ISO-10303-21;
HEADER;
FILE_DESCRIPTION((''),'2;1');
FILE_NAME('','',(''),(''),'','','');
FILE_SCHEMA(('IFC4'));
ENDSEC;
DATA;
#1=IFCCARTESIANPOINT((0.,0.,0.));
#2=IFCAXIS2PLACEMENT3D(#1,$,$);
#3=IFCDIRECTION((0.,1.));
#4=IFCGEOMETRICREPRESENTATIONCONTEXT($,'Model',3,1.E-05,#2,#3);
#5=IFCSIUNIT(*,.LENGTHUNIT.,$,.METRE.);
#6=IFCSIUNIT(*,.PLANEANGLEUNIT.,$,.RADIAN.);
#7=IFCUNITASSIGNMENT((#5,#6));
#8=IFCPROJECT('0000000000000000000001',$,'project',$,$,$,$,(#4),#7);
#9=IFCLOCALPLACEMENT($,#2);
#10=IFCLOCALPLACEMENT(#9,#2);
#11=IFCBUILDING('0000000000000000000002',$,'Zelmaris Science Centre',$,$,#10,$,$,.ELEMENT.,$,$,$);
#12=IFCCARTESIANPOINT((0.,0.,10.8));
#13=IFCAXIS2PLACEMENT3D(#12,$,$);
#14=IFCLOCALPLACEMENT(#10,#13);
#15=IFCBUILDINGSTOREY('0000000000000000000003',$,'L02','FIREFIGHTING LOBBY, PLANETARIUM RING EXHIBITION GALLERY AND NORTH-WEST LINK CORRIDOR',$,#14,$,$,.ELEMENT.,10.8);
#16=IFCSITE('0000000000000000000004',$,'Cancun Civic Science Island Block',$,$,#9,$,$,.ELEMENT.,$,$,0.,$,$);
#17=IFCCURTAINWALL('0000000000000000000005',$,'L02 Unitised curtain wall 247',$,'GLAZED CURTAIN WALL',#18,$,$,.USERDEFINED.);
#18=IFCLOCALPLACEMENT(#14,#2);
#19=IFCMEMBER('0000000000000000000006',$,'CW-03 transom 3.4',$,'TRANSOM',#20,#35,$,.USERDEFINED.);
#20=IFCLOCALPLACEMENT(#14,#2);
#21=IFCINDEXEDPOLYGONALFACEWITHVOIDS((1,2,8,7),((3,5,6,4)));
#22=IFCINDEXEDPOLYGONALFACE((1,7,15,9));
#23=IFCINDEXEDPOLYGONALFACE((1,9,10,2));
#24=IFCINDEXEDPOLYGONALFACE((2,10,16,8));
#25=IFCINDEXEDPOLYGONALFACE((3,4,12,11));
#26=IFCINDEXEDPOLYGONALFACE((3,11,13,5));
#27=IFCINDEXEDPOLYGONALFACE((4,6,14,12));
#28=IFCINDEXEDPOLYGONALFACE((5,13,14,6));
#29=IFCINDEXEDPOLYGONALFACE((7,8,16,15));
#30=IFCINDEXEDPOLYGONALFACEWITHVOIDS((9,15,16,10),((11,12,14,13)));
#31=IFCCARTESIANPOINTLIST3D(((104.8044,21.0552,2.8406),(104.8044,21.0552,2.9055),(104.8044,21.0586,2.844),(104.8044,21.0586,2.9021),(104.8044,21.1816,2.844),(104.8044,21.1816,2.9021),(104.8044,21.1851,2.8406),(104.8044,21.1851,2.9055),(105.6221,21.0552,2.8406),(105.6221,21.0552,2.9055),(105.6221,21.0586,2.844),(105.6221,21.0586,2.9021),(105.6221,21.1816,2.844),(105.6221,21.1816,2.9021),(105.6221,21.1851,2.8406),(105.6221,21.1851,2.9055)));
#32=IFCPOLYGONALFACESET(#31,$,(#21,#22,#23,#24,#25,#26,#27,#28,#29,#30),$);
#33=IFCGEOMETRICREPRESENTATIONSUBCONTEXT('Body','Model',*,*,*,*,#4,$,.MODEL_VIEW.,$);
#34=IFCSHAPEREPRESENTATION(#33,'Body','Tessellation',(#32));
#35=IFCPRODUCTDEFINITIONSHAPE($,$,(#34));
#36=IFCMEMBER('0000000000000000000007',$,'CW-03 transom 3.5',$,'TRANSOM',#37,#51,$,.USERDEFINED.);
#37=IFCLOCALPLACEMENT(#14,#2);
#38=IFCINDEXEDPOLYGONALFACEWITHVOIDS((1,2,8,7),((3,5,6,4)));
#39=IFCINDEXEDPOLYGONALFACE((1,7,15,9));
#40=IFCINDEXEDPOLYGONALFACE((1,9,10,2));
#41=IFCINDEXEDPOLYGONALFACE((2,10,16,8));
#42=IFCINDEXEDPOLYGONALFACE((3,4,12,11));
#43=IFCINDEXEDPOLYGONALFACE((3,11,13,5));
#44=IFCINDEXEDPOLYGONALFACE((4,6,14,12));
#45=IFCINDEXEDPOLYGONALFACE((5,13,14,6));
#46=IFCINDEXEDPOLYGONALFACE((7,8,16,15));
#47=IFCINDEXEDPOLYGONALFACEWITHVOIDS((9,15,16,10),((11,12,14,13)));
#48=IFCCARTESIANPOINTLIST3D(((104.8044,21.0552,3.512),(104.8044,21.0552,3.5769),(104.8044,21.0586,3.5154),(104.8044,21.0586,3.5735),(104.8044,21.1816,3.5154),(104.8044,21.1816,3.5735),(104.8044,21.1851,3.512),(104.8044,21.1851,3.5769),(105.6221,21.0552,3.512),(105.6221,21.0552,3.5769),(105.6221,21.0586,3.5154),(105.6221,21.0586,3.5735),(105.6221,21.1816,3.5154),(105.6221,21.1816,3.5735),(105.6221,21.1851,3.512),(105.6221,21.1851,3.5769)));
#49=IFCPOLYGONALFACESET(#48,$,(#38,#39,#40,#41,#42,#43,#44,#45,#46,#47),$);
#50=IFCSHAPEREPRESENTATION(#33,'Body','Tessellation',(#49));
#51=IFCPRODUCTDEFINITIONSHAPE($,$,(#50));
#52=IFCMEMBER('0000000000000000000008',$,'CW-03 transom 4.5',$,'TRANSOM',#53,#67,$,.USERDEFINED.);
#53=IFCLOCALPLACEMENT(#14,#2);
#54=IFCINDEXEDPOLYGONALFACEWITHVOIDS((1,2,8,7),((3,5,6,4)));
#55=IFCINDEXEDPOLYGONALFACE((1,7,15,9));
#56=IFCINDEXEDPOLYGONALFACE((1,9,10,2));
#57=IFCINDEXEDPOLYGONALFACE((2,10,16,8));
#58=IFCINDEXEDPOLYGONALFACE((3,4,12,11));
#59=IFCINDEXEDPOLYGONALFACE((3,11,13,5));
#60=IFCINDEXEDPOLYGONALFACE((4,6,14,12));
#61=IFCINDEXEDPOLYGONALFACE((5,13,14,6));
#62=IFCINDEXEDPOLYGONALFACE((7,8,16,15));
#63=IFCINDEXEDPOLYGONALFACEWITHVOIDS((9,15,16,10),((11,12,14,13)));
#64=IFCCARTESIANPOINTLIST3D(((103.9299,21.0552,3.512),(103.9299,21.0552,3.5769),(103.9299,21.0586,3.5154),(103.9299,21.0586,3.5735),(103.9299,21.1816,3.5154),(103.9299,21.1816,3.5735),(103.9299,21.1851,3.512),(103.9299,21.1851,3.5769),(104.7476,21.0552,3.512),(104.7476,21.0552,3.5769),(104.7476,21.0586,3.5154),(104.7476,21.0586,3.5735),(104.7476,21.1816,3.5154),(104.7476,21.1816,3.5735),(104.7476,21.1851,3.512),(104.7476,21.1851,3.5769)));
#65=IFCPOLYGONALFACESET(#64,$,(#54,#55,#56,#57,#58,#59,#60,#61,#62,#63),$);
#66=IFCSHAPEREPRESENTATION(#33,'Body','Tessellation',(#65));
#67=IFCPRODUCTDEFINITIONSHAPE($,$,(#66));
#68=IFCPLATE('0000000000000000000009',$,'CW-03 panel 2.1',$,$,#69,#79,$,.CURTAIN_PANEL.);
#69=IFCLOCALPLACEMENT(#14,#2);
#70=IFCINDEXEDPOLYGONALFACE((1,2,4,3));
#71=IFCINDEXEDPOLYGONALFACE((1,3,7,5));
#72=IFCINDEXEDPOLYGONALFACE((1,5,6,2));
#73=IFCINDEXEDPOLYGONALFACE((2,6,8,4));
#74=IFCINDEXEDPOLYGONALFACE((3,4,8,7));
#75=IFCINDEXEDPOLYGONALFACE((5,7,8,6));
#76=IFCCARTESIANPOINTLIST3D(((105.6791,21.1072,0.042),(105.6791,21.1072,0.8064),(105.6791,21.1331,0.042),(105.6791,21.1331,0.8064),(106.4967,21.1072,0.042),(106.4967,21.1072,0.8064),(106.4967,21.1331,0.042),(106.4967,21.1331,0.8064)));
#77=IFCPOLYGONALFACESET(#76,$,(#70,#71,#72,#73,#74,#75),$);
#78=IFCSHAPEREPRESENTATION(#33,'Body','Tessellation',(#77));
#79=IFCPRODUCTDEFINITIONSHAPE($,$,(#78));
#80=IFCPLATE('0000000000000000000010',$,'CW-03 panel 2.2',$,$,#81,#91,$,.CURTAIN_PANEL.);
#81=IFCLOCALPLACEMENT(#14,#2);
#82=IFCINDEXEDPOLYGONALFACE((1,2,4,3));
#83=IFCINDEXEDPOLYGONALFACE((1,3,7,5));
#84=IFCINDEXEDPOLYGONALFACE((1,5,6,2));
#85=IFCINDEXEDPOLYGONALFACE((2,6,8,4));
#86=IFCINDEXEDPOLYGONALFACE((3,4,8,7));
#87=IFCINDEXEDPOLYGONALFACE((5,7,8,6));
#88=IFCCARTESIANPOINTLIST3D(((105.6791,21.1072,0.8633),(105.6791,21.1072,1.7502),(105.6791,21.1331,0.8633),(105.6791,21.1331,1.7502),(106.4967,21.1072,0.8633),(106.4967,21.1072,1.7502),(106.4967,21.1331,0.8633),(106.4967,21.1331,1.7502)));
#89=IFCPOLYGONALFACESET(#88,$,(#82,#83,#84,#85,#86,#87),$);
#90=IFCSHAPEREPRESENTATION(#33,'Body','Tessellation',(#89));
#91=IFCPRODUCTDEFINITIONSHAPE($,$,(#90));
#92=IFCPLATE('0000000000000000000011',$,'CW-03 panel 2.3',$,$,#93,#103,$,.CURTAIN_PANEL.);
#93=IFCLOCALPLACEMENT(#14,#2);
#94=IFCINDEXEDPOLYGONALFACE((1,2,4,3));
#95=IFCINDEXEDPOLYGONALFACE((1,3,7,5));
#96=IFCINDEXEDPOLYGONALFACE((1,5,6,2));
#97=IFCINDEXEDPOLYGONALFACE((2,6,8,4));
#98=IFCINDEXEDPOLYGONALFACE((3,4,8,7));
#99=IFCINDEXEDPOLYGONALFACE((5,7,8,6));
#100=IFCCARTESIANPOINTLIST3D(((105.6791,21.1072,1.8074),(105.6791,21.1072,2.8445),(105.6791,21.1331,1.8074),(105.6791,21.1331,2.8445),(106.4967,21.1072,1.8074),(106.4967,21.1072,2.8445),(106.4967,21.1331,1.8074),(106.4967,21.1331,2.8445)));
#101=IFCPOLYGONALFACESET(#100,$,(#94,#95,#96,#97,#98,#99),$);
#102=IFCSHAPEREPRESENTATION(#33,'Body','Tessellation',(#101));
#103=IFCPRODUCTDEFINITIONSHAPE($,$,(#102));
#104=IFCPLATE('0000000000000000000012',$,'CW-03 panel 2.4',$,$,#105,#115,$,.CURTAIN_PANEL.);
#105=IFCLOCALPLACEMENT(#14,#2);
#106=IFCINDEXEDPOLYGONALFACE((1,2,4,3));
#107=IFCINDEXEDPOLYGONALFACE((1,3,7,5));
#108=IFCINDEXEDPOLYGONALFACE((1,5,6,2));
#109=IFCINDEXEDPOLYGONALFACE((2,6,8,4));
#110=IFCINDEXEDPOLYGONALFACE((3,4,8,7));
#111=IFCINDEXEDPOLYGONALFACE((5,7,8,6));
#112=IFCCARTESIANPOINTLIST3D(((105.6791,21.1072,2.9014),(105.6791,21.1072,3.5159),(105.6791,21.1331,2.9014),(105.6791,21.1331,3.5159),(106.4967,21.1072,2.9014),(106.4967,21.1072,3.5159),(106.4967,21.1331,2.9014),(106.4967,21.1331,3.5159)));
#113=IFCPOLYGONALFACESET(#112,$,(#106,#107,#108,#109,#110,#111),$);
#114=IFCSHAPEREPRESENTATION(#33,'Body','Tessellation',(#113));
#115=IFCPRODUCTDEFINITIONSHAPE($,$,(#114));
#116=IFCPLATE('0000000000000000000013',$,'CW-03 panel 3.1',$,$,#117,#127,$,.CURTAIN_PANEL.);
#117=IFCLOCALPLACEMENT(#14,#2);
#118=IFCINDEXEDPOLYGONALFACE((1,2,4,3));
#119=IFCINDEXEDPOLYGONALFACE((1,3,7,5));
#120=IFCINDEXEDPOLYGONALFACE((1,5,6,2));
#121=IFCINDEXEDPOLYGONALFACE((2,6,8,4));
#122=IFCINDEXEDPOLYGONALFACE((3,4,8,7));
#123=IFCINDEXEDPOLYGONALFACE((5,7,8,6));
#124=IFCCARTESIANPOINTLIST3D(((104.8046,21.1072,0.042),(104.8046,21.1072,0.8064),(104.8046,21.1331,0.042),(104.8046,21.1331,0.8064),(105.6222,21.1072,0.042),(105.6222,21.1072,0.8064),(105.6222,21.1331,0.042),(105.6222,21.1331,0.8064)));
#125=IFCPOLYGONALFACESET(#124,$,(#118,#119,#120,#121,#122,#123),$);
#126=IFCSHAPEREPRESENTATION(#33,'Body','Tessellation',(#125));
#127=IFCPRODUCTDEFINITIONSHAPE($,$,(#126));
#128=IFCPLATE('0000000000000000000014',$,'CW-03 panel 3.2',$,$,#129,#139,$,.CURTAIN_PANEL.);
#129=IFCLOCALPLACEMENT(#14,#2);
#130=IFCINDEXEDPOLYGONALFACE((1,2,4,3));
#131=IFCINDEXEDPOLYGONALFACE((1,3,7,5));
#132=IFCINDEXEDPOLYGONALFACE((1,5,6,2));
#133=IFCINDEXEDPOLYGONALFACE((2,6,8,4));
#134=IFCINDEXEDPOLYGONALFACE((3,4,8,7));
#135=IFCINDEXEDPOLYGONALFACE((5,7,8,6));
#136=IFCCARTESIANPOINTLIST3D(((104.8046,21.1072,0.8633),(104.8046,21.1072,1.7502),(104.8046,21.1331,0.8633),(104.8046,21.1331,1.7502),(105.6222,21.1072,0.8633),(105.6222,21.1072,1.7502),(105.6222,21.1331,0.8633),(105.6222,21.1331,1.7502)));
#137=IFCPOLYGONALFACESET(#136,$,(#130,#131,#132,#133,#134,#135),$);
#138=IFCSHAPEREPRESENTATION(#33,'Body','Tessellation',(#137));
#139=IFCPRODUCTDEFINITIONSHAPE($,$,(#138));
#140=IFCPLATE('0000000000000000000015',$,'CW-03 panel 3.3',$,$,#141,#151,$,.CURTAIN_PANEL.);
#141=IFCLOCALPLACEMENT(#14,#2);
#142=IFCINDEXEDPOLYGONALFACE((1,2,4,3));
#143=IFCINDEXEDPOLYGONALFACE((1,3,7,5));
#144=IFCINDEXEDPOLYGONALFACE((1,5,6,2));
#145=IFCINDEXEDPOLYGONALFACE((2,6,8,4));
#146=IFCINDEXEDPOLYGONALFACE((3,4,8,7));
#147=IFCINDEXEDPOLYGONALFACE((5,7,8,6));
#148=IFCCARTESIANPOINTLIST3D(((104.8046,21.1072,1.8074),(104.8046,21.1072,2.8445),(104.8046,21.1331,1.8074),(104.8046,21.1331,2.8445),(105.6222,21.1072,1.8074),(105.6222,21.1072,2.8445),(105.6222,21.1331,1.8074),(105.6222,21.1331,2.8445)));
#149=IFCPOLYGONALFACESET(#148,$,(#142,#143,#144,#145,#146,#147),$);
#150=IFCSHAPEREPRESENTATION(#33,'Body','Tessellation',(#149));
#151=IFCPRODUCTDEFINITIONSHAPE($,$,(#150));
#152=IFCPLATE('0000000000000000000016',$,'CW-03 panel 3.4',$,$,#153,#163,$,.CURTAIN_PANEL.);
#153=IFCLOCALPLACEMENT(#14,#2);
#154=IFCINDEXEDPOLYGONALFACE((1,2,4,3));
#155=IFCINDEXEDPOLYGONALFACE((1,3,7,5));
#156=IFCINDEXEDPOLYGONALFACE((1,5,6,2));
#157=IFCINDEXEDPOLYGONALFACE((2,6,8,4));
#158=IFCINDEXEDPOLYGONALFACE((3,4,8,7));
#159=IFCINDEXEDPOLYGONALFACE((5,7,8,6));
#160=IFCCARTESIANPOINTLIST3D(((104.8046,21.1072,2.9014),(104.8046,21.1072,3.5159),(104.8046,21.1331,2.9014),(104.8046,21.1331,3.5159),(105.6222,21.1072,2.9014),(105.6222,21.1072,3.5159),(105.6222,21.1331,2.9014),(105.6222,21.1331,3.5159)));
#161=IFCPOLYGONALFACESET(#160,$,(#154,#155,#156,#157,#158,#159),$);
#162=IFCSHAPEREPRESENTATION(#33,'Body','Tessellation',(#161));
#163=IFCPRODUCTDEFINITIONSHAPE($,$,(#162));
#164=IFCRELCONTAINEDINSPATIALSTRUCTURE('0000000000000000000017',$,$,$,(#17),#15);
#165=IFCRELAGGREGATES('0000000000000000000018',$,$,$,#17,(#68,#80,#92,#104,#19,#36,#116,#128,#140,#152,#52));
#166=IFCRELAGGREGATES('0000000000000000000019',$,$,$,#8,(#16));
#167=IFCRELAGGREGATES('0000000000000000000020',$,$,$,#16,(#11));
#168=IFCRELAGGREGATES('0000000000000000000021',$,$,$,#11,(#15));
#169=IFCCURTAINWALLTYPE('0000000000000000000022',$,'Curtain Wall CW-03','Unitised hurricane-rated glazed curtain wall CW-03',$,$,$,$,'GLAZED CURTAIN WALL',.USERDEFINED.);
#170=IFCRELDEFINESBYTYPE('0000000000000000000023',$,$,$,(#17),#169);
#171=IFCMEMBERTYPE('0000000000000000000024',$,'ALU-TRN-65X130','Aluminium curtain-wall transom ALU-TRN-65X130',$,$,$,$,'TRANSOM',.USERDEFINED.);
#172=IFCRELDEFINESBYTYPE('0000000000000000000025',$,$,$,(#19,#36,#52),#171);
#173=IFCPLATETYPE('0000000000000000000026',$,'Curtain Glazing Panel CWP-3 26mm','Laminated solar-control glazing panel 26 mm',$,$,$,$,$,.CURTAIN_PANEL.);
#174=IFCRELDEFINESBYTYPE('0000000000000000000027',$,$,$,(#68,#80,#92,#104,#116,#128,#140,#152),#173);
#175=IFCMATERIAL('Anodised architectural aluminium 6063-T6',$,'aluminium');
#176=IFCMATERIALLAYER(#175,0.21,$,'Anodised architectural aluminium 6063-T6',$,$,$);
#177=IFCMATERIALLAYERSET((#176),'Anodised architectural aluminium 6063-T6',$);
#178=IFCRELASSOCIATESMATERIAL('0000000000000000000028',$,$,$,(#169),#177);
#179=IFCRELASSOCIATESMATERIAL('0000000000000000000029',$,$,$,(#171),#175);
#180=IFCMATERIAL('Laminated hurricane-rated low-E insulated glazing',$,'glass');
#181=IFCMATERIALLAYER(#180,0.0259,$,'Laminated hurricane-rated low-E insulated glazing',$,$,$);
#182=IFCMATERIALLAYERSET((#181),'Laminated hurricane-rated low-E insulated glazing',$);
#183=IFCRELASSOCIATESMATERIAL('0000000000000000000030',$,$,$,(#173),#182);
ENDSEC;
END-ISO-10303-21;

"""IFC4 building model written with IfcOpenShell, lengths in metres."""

from ifc_helpers import new_model, si_unit, direction, frame, origin, origin_2d, place, context, subcontext, project, spatial, rectangle, hollow_rectangle, extrude, material, layer, layer_set, material_profile, profile_set, type_object, element, aggregate, save


model = new_model("IFC4")

# Units and contexts
model_context = context("Model", 3, precision=1e-05, world=origin(), true_north=direction((0.0, 1.0)))
body_context = subcontext(model_context, "Body", "Model", "MODEL_VIEW")
ifc_project = project(units=[si_unit("LENGTHUNIT", "METRE"), si_unit("PLANEANGLEUNIT", "RADIAN")], contexts=[model_context])

# Site, building, storey
site_placement = place(None, origin())
site = spatial("IfcSite", under=ifc_project, at=site_placement, Name="Cancun Civic Science Island Block", CompositionType="ELEMENT", RefElevation=0.0)
building_placement = place(site_placement, origin())
building = spatial("IfcBuilding", under=site, at=building_placement, Name="Zelmaris Science Centre", CompositionType="ELEMENT")
storey_placement = place(building_placement, frame((0.0, 0.0, 10.8)))
storey = spatial("IfcBuildingStorey", under=building, at=storey_placement, Name="L02", Description="FIREFIGHTING LOBBY, PLANETARIUM RING EXHIBITION GALLERY AND NORTH-WEST LINK CORRIDOR", CompositionType="ELEMENT", Elevation=10.8)

# Curtain wall, members, plates
ifc_material_1 = material(Name="Anodised architectural aluminium 6063-T6", Category="aluminium")
ifc_layer_1 = layer(ifc_material_1, 0.21, Name="Anodised architectural aluminium 6063-T6")
ifc_layer_set_1 = layer_set([ifc_layer_1], Name="Anodised architectural aluminium 6063-T6")
curtain_wall_type = type_object("IfcCurtainWallType", Name="Curtain Wall CW-03", Description="Unitised hurricane-rated glazed curtain wall CW-03", ElementType="GLAZED CURTAIN WALL", PredefinedType="USERDEFINED", material=ifc_layer_set_1)
curtain_wall_placement = place(storey_placement, origin())
curtain_wall = element("IfcCurtainWall", 1, at=curtain_wall_placement, inside=storey, type_object=curtain_wall_type, Name="L02 Unitised curtain wall 247", ObjectType="GLAZED CURTAIN WALL", PredefinedType="USERDEFINED")
ifc_material_profile_1 = material_profile(ifc_material_1, hollow_rectangle(XDim=0.0649, YDim=0.1299, WallThickness=0.0034, at=origin_2d()), Name="ALU-TRN-65X130")
ifc_profile_set_1 = profile_set([ifc_material_profile_1], Name="Anodised architectural aluminium 6063-T6")
member_type_1 = type_object("IfcMemberType", Name="ALU-TRN-65X130", Description="Aluminium curtain-wall transom ALU-TRN-65X130", ElementType="TRANSOM", PredefinedType="USERDEFINED", material=ifc_profile_set_1)
member_1_placement = place(storey_placement, frame((105.6221, 21.1201, 2.873), z_axis=(-1.0, 0.0, 0.0), x_axis=(0.0, 0.0, 1.0)))
member_1 = element("IfcMember", 2, at=member_1_placement, type_object=member_type_1, Name="CW-03 transom 3.4", ObjectType="TRANSOM", PredefinedType="USERDEFINED", context=body_context, shape_type="SweptSolid", body=[
    extrude(hollow_rectangle(XDim=0.0649, YDim=0.1299, WallThickness=0.0034, at=origin_2d()), origin(), (0.0, 0.0, 1.0), 0.8176),
])
member_2_placement = place(storey_placement, frame((105.6221, 21.1201, 3.5444), z_axis=(-1.0, 0.0, 0.0), x_axis=(0.0, 0.0, 1.0)))
member_2 = element("IfcMember", 3, at=member_2_placement, type_object=member_type_1, Name="CW-03 transom 3.5", ObjectType="TRANSOM", PredefinedType="USERDEFINED", context=body_context, shape_type="SweptSolid", body=[
    extrude(hollow_rectangle(XDim=0.0649, YDim=0.1299, WallThickness=0.0034, at=origin_2d()), origin(), (0.0, 0.0, 1.0), 0.8176),
])
member_3_placement = place(storey_placement, frame((104.7476, 21.1201, 3.5444), z_axis=(-1.0, 0.0, 0.0), x_axis=(0.0, 0.0, 1.0)))
member_3 = element("IfcMember", 4, at=member_3_placement, type_object=member_type_1, Name="CW-03 transom 4.5", ObjectType="TRANSOM", PredefinedType="USERDEFINED", context=body_context, shape_type="SweptSolid", body=[
    extrude(hollow_rectangle(XDim=0.0649, YDim=0.1299, WallThickness=0.0034, at=origin_2d()), origin(), (0.0, 0.0, 1.0), 0.8176),
])
ifc_material_2 = material(Name="Laminated hurricane-rated low-E insulated glazing", Category="glass")
ifc_layer_2 = layer(ifc_material_2, 0.0259, Name="Laminated hurricane-rated low-E insulated glazing")
ifc_layer_set_2 = layer_set([ifc_layer_2], Name="Laminated hurricane-rated low-E insulated glazing")
plate_type = type_object("IfcPlateType", Name="Curtain Glazing Panel CWP-3 26mm", Description="Laminated solar-control glazing panel 26 mm", PredefinedType="CURTAIN_PANEL", material=ifc_layer_set_2)
plate_1_placement = place(storey_placement, frame((106.0879, 21.1201, 0.042), z_axis=(0.0, 0.0, 1.0), x_axis=(-1.0, 0.0, 0.0)))
plate_1 = element("IfcPlate", 5, at=plate_1_placement, type_object=plate_type, Name="CW-03 panel 2.1", PredefinedType="CURTAIN_PANEL", context=body_context, shape_type="SweptSolid", body=[
    extrude(rectangle(XDim=0.8176, YDim=0.0259, at=origin_2d()), origin(), (0.0, 0.0, 1.0), 0.7644),
])
plate_2_placement = place(storey_placement, frame((106.0879, 21.1201, 0.8633), z_axis=(0.0, 0.0, 1.0), x_axis=(-1.0, 0.0, 0.0)))
plate_2 = element("IfcPlate", 6, at=plate_2_placement, type_object=plate_type, Name="CW-03 panel 2.2", PredefinedType="CURTAIN_PANEL", context=body_context, shape_type="SweptSolid", body=[
    extrude(rectangle(XDim=0.8176, YDim=0.0259, at=origin_2d()), origin(), (0.0, 0.0, 1.0), 0.887),
])
plate_3_placement = place(storey_placement, frame((106.0879, 21.1201, 1.8074), z_axis=(0.0, 0.0, 1.0), x_axis=(-1.0, 0.0, 0.0)))
plate_3 = element("IfcPlate", 7, at=plate_3_placement, type_object=plate_type, Name="CW-03 panel 2.3", PredefinedType="CURTAIN_PANEL", context=body_context, shape_type="SweptSolid", body=[
    extrude(rectangle(XDim=0.8176, YDim=0.0259, at=origin_2d()), origin(), (0.0, 0.0, 1.0), 1.0371),
])
plate_4_placement = place(storey_placement, frame((106.0879, 21.1201, 2.9014), z_axis=(0.0, 0.0, 1.0), x_axis=(-1.0, 0.0, 0.0)))
plate_4 = element("IfcPlate", 8, at=plate_4_placement, type_object=plate_type, Name="CW-03 panel 2.4", PredefinedType="CURTAIN_PANEL", context=body_context, shape_type="SweptSolid", body=[
    extrude(rectangle(XDim=0.8176, YDim=0.0259, at=origin_2d()), origin(), (0.0, 0.0, 1.0), 0.6145),
])
plate_5_placement = place(storey_placement, frame((105.2134, 21.1201, 0.042), z_axis=(0.0, 0.0, 1.0), x_axis=(-1.0, 0.0, 0.0)))
plate_5 = element("IfcPlate", 9, at=plate_5_placement, type_object=plate_type, Name="CW-03 panel 3.1", PredefinedType="CURTAIN_PANEL", context=body_context, shape_type="SweptSolid", body=[
    extrude(rectangle(XDim=0.8176, YDim=0.0259, at=origin_2d()), origin(), (0.0, 0.0, 1.0), 0.7644),
])
plate_6_placement = place(storey_placement, frame((105.2134, 21.1201, 0.8633), z_axis=(0.0, 0.0, 1.0), x_axis=(-1.0, 0.0, 0.0)))
plate_6 = element("IfcPlate", 10, at=plate_6_placement, type_object=plate_type, Name="CW-03 panel 3.2", PredefinedType="CURTAIN_PANEL", context=body_context, shape_type="SweptSolid", body=[
    extrude(rectangle(XDim=0.8176, YDim=0.0259, at=origin_2d()), origin(), (0.0, 0.0, 1.0), 0.887),
])
plate_7_placement = place(storey_placement, frame((105.2134, 21.1201, 1.8074), z_axis=(0.0, 0.0, 1.0), x_axis=(-1.0, 0.0, 0.0)))
plate_7 = element("IfcPlate", 11, at=plate_7_placement, type_object=plate_type, Name="CW-03 panel 3.3", PredefinedType="CURTAIN_PANEL", context=body_context, shape_type="SweptSolid", body=[
    extrude(rectangle(XDim=0.8176, YDim=0.0259, at=origin_2d()), origin(), (0.0, 0.0, 1.0), 1.0371),
])
plate_8_placement = place(storey_placement, frame((105.2134, 21.1201, 2.9014), z_axis=(0.0, 0.0, 1.0), x_axis=(-1.0, 0.0, 0.0)))
plate_8 = element("IfcPlate", 12, at=plate_8_placement, type_object=plate_type, Name="CW-03 panel 3.4", PredefinedType="CURTAIN_PANEL", context=body_context, shape_type="SweptSolid", body=[
    extrude(rectangle(XDim=0.8176, YDim=0.0259, at=origin_2d()), origin(), (0.0, 0.0, 1.0), 0.6145),
])
aggregate(curtain_wall, [plate_1, plate_2, plate_3, plate_4, member_1, member_2, plate_5, plate_6, plate_7, plate_8, member_3])

save(model, "model.ifc")
